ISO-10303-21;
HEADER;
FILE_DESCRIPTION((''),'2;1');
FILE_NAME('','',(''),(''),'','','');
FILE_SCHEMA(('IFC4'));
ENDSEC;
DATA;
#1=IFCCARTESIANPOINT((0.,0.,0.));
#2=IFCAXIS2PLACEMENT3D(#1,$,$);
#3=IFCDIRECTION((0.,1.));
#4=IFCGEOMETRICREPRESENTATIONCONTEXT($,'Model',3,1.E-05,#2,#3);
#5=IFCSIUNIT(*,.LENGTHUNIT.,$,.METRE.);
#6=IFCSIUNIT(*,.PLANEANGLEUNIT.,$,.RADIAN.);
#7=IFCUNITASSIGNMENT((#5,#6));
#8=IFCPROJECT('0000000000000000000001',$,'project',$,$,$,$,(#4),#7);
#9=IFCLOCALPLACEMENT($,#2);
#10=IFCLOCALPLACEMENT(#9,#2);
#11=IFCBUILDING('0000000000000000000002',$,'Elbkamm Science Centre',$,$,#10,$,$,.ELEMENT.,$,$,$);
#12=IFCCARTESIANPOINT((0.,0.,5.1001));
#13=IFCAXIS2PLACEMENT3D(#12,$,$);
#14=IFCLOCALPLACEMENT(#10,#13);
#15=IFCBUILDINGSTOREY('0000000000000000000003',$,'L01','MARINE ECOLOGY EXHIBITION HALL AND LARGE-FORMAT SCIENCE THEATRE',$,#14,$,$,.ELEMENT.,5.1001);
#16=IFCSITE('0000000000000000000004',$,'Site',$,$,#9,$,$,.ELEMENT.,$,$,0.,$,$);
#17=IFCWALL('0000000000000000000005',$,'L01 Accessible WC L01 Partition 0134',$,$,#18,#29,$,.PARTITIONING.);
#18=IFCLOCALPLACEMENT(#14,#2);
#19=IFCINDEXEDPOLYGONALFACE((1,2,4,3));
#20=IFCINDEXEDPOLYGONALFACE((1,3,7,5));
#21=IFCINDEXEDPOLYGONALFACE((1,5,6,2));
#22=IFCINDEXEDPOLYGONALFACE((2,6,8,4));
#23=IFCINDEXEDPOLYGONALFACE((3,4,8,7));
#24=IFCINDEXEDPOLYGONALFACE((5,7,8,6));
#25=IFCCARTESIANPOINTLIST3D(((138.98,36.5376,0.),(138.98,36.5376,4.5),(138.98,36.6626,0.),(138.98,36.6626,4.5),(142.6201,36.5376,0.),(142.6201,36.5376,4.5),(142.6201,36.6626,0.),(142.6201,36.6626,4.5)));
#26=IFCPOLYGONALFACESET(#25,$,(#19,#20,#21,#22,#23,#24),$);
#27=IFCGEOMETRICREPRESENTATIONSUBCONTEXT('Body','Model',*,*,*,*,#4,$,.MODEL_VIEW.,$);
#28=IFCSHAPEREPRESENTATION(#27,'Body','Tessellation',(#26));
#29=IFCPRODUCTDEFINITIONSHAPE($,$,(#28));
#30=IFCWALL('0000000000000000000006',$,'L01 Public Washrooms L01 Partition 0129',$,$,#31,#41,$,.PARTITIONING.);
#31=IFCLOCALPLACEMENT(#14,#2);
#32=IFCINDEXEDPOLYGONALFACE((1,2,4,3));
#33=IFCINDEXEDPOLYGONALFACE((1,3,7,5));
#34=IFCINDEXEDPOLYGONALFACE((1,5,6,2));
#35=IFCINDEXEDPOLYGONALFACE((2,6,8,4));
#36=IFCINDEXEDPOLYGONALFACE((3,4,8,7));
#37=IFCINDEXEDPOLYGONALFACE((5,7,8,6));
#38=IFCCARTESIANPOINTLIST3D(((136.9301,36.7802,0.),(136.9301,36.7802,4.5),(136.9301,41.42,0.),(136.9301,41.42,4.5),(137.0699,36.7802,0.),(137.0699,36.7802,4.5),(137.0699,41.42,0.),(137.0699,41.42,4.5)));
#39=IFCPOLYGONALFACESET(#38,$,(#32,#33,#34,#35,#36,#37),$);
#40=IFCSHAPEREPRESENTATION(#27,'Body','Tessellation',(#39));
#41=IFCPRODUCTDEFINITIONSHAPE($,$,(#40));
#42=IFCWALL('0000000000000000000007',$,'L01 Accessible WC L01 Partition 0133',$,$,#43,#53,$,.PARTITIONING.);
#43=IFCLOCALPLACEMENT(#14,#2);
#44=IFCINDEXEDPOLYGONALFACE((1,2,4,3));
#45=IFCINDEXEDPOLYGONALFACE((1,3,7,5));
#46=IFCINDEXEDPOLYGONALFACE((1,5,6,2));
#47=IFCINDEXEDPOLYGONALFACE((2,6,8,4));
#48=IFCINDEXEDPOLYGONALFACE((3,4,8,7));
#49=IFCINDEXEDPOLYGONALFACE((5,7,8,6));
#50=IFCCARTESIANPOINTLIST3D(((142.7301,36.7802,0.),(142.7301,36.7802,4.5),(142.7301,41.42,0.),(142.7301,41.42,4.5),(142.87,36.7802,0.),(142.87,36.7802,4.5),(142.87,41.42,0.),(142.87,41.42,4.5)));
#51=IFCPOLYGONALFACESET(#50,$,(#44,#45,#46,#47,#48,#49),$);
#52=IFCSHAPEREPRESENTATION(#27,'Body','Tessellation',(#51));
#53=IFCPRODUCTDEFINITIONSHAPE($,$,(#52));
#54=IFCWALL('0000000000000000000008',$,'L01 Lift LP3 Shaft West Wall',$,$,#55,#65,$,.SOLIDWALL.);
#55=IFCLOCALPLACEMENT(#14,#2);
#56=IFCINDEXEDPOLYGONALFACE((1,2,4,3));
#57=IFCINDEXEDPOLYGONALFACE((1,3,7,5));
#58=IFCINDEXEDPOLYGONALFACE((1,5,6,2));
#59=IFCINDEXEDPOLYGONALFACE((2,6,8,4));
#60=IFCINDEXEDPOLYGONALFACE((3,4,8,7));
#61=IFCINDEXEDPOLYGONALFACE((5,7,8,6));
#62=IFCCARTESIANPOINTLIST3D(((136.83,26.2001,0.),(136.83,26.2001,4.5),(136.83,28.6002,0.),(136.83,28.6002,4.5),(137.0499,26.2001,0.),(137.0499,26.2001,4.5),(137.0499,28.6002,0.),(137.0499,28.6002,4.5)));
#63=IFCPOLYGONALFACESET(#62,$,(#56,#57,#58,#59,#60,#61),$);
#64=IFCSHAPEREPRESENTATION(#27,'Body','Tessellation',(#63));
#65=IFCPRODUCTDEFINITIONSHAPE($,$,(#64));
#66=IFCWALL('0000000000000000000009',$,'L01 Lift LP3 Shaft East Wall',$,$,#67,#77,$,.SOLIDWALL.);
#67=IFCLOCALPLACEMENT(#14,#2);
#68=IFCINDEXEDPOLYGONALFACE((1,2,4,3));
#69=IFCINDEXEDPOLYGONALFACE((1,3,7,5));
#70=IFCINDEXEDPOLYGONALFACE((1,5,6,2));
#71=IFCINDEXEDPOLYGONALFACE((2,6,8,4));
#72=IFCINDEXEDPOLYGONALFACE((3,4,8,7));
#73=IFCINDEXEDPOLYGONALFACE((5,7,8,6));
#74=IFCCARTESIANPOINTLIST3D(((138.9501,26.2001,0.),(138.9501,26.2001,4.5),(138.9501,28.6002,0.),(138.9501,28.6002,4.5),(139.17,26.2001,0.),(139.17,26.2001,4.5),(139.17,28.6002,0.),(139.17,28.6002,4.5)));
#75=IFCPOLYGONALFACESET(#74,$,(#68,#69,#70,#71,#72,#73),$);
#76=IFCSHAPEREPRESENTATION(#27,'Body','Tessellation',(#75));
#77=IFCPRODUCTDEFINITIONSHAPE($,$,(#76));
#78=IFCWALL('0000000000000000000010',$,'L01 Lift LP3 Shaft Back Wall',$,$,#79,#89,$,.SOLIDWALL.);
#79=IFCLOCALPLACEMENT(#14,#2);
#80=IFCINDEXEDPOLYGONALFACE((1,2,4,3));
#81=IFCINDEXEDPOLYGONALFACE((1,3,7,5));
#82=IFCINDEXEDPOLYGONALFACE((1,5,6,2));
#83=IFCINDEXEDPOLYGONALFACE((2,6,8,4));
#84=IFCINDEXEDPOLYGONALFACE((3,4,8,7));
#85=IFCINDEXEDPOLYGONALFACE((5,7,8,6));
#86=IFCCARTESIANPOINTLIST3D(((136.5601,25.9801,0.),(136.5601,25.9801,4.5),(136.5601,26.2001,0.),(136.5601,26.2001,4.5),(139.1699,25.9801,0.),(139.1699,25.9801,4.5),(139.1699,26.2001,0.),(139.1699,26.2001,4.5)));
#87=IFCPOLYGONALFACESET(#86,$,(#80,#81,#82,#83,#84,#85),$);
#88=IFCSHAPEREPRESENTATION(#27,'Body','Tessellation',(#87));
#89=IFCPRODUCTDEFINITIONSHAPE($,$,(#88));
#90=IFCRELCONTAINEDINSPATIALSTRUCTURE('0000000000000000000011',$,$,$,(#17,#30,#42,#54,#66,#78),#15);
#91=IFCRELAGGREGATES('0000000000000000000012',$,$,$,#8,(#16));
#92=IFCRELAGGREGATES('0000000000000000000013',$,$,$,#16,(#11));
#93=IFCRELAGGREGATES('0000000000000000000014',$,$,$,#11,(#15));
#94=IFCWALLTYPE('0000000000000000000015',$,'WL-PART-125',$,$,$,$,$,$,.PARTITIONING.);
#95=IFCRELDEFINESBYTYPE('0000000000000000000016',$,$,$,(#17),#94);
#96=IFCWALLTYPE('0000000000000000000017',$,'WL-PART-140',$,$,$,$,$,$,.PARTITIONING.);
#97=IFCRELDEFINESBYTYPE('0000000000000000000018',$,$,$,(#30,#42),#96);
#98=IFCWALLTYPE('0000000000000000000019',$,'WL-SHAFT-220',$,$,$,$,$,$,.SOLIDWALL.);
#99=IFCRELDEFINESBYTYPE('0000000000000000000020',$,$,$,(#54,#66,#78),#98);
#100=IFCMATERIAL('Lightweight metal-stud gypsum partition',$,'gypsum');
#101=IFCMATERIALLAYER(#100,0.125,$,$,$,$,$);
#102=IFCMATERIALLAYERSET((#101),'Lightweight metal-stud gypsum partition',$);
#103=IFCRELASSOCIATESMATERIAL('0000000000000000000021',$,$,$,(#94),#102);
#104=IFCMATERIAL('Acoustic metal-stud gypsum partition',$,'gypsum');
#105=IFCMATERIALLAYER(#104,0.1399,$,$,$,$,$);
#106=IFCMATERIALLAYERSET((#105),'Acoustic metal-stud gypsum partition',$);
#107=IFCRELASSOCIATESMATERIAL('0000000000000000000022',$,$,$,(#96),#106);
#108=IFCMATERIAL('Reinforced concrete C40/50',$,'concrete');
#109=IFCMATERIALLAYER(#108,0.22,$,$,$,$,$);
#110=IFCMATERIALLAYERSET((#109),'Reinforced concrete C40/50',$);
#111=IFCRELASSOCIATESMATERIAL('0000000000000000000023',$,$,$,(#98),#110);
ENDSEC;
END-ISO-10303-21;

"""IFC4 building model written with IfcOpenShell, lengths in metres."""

from ifc_helpers import new_model, si_unit, direction, frame, frame_2d, origin, place, context, subcontext, project, spatial, rectangle, extrude, material, layer, layer_set, type_object, element, save


model = new_model("IFC4")

# Units and contexts
model_context = context("Model", 3, precision=1e-05, world=origin(), true_north=direction((0.0, 1.0)))
body_context = subcontext(model_context, "Body", "Model", "MODEL_VIEW")
ifc_project = project(units=[si_unit("LENGTHUNIT", "METRE"), si_unit("PLANEANGLEUNIT", "RADIAN")], contexts=[model_context])

# Site, building, storey
site_placement = place(None, origin())
site = spatial("IfcSite", under=ifc_project, at=site_placement, Name="Site", CompositionType="ELEMENT", RefElevation=0.0)
building_placement = place(site_placement, origin())
building = spatial("IfcBuilding", under=site, at=building_placement, Name="Elbkamm Science Centre", CompositionType="ELEMENT")
storey_placement = place(building_placement, frame((0.0, 0.0, 5.1001)))
storey = spatial("IfcBuildingStorey", under=building, at=storey_placement, Name="L01", Description="MARINE ECOLOGY EXHIBITION HALL AND LARGE-FORMAT SCIENCE THEATRE", CompositionType="ELEMENT", Elevation=5.1001)

# Shared definitions
ifc_material_1 = material(Name="Reinforced concrete C40/50", Category="concrete")

# Walls
ifc_material_2 = material(Name="Lightweight metal-stud gypsum partition", Category="gypsum")
ifc_layer_1 = layer(ifc_material_2, 0.125)
ifc_layer_set_1 = layer_set([ifc_layer_1], Name="Lightweight metal-stud gypsum partition")
wall_type_1 = type_object("IfcWallType", Name="WL-PART-125", PredefinedType="PARTITIONING", material=ifc_layer_set_1)
wall_1_placement = place(storey_placement, frame((142.6201, 36.6001, 0.0), z_axis=(0.0, 0.0, 1.0), x_axis=(-1.0, 0.0, 0.0)))
element("IfcWall", 1, at=wall_1_placement, inside=storey, type_object=wall_type_1, Name="L01 Accessible WC L01 Partition 0134", PredefinedType="PARTITIONING", context=body_context, shape_type="SweptSolid", body=[
    extrude(rectangle(XDim=3.6401, YDim=0.125, at=frame_2d((1.8201, 0.0))), origin(), (0.0, 0.0, 1.0), 4.5),
])
ifc_material_3 = material(Name="Acoustic metal-stud gypsum partition", Category="gypsum")
ifc_layer_2 = layer(ifc_material_3, 0.1399)
ifc_layer_set_2 = layer_set([ifc_layer_2], Name="Acoustic metal-stud gypsum partition")
wall_type_2 = type_object("IfcWallType", Name="WL-PART-140", PredefinedType="PARTITIONING", material=ifc_layer_set_2)
for number, where, z_axis, x_axis, name in (
    (2, (137.0, 41.4199, 0.0), (0.0, 0.0, 1.0), (0.0, -1.0, 0.0), "L01 Public Washrooms L01 Partition 0129"),
    (3, (142.8, 41.4199, 0.0), (0.0, 0.0, 1.0), (0.0, -1.0, 0.0), "L01 Accessible WC L01 Partition 0133"),
):
    element("IfcWall", number, at=place(storey_placement, frame(where, z_axis=z_axis, x_axis=x_axis)), inside=storey, type_object=wall_type_2, Name=name, PredefinedType="PARTITIONING", context=body_context, shape_type="SweptSolid", body=[
        extrude(rectangle(XDim=4.6399, YDim=0.1399, at=frame_2d((2.3198, 0.0))), origin(), (0.0, 0.0, 1.0), 4.5),
    ])
ifc_layer_3 = layer(ifc_material_1, 0.22)
ifc_layer_set_3 = layer_set([ifc_layer_3], Name="Reinforced concrete C40/50")
wall_type_3 = type_object("IfcWallType", Name="WL-SHAFT-220", PredefinedType="SOLIDWALL", material=ifc_layer_set_3)
for number, where, z_axis, x_axis, name in (
    (4, (136.9399, 26.2, 0.0), (0.0, 0.0, 1.0), (0.0, 1.0, 0.0), "L01 Lift LP3 Shaft West Wall"),
    (5, (139.0601, 26.2, 0.0), (0.0, 0.0, 1.0), (0.0, 1.0, 0.0), "L01 Lift LP3 Shaft East Wall"),
):
    element("IfcWall", number, at=place(storey_placement, frame(where, z_axis=z_axis, x_axis=x_axis)), inside=storey, type_object=wall_type_3, Name=name, PredefinedType="SOLIDWALL", context=body_context, shape_type="SweptSolid", body=[
        extrude(rectangle(XDim=2.4001, YDim=0.22, at=frame_2d((1.2002, 0.0))), origin(), (0.0, 0.0, 1.0), 4.5),
    ])
wall_2_placement = place(storey_placement, frame((136.5601, 26.0901, 0.0), z_axis=(0.0, 0.0, 1.0), x_axis=(1.0, 0.0, 0.0)))
element("IfcWall", 6, at=wall_2_placement, inside=storey, type_object=wall_type_3, Name="L01 Lift LP3 Shaft Back Wall", PredefinedType="SOLIDWALL", context=body_context, shape_type="SweptSolid", body=[
    extrude(rectangle(XDim=2.6099, YDim=0.22, at=frame_2d((1.3049, 0.0))), origin(), (0.0, 0.0, 1.0), 4.5),
])

save(model, "model.ifc")
